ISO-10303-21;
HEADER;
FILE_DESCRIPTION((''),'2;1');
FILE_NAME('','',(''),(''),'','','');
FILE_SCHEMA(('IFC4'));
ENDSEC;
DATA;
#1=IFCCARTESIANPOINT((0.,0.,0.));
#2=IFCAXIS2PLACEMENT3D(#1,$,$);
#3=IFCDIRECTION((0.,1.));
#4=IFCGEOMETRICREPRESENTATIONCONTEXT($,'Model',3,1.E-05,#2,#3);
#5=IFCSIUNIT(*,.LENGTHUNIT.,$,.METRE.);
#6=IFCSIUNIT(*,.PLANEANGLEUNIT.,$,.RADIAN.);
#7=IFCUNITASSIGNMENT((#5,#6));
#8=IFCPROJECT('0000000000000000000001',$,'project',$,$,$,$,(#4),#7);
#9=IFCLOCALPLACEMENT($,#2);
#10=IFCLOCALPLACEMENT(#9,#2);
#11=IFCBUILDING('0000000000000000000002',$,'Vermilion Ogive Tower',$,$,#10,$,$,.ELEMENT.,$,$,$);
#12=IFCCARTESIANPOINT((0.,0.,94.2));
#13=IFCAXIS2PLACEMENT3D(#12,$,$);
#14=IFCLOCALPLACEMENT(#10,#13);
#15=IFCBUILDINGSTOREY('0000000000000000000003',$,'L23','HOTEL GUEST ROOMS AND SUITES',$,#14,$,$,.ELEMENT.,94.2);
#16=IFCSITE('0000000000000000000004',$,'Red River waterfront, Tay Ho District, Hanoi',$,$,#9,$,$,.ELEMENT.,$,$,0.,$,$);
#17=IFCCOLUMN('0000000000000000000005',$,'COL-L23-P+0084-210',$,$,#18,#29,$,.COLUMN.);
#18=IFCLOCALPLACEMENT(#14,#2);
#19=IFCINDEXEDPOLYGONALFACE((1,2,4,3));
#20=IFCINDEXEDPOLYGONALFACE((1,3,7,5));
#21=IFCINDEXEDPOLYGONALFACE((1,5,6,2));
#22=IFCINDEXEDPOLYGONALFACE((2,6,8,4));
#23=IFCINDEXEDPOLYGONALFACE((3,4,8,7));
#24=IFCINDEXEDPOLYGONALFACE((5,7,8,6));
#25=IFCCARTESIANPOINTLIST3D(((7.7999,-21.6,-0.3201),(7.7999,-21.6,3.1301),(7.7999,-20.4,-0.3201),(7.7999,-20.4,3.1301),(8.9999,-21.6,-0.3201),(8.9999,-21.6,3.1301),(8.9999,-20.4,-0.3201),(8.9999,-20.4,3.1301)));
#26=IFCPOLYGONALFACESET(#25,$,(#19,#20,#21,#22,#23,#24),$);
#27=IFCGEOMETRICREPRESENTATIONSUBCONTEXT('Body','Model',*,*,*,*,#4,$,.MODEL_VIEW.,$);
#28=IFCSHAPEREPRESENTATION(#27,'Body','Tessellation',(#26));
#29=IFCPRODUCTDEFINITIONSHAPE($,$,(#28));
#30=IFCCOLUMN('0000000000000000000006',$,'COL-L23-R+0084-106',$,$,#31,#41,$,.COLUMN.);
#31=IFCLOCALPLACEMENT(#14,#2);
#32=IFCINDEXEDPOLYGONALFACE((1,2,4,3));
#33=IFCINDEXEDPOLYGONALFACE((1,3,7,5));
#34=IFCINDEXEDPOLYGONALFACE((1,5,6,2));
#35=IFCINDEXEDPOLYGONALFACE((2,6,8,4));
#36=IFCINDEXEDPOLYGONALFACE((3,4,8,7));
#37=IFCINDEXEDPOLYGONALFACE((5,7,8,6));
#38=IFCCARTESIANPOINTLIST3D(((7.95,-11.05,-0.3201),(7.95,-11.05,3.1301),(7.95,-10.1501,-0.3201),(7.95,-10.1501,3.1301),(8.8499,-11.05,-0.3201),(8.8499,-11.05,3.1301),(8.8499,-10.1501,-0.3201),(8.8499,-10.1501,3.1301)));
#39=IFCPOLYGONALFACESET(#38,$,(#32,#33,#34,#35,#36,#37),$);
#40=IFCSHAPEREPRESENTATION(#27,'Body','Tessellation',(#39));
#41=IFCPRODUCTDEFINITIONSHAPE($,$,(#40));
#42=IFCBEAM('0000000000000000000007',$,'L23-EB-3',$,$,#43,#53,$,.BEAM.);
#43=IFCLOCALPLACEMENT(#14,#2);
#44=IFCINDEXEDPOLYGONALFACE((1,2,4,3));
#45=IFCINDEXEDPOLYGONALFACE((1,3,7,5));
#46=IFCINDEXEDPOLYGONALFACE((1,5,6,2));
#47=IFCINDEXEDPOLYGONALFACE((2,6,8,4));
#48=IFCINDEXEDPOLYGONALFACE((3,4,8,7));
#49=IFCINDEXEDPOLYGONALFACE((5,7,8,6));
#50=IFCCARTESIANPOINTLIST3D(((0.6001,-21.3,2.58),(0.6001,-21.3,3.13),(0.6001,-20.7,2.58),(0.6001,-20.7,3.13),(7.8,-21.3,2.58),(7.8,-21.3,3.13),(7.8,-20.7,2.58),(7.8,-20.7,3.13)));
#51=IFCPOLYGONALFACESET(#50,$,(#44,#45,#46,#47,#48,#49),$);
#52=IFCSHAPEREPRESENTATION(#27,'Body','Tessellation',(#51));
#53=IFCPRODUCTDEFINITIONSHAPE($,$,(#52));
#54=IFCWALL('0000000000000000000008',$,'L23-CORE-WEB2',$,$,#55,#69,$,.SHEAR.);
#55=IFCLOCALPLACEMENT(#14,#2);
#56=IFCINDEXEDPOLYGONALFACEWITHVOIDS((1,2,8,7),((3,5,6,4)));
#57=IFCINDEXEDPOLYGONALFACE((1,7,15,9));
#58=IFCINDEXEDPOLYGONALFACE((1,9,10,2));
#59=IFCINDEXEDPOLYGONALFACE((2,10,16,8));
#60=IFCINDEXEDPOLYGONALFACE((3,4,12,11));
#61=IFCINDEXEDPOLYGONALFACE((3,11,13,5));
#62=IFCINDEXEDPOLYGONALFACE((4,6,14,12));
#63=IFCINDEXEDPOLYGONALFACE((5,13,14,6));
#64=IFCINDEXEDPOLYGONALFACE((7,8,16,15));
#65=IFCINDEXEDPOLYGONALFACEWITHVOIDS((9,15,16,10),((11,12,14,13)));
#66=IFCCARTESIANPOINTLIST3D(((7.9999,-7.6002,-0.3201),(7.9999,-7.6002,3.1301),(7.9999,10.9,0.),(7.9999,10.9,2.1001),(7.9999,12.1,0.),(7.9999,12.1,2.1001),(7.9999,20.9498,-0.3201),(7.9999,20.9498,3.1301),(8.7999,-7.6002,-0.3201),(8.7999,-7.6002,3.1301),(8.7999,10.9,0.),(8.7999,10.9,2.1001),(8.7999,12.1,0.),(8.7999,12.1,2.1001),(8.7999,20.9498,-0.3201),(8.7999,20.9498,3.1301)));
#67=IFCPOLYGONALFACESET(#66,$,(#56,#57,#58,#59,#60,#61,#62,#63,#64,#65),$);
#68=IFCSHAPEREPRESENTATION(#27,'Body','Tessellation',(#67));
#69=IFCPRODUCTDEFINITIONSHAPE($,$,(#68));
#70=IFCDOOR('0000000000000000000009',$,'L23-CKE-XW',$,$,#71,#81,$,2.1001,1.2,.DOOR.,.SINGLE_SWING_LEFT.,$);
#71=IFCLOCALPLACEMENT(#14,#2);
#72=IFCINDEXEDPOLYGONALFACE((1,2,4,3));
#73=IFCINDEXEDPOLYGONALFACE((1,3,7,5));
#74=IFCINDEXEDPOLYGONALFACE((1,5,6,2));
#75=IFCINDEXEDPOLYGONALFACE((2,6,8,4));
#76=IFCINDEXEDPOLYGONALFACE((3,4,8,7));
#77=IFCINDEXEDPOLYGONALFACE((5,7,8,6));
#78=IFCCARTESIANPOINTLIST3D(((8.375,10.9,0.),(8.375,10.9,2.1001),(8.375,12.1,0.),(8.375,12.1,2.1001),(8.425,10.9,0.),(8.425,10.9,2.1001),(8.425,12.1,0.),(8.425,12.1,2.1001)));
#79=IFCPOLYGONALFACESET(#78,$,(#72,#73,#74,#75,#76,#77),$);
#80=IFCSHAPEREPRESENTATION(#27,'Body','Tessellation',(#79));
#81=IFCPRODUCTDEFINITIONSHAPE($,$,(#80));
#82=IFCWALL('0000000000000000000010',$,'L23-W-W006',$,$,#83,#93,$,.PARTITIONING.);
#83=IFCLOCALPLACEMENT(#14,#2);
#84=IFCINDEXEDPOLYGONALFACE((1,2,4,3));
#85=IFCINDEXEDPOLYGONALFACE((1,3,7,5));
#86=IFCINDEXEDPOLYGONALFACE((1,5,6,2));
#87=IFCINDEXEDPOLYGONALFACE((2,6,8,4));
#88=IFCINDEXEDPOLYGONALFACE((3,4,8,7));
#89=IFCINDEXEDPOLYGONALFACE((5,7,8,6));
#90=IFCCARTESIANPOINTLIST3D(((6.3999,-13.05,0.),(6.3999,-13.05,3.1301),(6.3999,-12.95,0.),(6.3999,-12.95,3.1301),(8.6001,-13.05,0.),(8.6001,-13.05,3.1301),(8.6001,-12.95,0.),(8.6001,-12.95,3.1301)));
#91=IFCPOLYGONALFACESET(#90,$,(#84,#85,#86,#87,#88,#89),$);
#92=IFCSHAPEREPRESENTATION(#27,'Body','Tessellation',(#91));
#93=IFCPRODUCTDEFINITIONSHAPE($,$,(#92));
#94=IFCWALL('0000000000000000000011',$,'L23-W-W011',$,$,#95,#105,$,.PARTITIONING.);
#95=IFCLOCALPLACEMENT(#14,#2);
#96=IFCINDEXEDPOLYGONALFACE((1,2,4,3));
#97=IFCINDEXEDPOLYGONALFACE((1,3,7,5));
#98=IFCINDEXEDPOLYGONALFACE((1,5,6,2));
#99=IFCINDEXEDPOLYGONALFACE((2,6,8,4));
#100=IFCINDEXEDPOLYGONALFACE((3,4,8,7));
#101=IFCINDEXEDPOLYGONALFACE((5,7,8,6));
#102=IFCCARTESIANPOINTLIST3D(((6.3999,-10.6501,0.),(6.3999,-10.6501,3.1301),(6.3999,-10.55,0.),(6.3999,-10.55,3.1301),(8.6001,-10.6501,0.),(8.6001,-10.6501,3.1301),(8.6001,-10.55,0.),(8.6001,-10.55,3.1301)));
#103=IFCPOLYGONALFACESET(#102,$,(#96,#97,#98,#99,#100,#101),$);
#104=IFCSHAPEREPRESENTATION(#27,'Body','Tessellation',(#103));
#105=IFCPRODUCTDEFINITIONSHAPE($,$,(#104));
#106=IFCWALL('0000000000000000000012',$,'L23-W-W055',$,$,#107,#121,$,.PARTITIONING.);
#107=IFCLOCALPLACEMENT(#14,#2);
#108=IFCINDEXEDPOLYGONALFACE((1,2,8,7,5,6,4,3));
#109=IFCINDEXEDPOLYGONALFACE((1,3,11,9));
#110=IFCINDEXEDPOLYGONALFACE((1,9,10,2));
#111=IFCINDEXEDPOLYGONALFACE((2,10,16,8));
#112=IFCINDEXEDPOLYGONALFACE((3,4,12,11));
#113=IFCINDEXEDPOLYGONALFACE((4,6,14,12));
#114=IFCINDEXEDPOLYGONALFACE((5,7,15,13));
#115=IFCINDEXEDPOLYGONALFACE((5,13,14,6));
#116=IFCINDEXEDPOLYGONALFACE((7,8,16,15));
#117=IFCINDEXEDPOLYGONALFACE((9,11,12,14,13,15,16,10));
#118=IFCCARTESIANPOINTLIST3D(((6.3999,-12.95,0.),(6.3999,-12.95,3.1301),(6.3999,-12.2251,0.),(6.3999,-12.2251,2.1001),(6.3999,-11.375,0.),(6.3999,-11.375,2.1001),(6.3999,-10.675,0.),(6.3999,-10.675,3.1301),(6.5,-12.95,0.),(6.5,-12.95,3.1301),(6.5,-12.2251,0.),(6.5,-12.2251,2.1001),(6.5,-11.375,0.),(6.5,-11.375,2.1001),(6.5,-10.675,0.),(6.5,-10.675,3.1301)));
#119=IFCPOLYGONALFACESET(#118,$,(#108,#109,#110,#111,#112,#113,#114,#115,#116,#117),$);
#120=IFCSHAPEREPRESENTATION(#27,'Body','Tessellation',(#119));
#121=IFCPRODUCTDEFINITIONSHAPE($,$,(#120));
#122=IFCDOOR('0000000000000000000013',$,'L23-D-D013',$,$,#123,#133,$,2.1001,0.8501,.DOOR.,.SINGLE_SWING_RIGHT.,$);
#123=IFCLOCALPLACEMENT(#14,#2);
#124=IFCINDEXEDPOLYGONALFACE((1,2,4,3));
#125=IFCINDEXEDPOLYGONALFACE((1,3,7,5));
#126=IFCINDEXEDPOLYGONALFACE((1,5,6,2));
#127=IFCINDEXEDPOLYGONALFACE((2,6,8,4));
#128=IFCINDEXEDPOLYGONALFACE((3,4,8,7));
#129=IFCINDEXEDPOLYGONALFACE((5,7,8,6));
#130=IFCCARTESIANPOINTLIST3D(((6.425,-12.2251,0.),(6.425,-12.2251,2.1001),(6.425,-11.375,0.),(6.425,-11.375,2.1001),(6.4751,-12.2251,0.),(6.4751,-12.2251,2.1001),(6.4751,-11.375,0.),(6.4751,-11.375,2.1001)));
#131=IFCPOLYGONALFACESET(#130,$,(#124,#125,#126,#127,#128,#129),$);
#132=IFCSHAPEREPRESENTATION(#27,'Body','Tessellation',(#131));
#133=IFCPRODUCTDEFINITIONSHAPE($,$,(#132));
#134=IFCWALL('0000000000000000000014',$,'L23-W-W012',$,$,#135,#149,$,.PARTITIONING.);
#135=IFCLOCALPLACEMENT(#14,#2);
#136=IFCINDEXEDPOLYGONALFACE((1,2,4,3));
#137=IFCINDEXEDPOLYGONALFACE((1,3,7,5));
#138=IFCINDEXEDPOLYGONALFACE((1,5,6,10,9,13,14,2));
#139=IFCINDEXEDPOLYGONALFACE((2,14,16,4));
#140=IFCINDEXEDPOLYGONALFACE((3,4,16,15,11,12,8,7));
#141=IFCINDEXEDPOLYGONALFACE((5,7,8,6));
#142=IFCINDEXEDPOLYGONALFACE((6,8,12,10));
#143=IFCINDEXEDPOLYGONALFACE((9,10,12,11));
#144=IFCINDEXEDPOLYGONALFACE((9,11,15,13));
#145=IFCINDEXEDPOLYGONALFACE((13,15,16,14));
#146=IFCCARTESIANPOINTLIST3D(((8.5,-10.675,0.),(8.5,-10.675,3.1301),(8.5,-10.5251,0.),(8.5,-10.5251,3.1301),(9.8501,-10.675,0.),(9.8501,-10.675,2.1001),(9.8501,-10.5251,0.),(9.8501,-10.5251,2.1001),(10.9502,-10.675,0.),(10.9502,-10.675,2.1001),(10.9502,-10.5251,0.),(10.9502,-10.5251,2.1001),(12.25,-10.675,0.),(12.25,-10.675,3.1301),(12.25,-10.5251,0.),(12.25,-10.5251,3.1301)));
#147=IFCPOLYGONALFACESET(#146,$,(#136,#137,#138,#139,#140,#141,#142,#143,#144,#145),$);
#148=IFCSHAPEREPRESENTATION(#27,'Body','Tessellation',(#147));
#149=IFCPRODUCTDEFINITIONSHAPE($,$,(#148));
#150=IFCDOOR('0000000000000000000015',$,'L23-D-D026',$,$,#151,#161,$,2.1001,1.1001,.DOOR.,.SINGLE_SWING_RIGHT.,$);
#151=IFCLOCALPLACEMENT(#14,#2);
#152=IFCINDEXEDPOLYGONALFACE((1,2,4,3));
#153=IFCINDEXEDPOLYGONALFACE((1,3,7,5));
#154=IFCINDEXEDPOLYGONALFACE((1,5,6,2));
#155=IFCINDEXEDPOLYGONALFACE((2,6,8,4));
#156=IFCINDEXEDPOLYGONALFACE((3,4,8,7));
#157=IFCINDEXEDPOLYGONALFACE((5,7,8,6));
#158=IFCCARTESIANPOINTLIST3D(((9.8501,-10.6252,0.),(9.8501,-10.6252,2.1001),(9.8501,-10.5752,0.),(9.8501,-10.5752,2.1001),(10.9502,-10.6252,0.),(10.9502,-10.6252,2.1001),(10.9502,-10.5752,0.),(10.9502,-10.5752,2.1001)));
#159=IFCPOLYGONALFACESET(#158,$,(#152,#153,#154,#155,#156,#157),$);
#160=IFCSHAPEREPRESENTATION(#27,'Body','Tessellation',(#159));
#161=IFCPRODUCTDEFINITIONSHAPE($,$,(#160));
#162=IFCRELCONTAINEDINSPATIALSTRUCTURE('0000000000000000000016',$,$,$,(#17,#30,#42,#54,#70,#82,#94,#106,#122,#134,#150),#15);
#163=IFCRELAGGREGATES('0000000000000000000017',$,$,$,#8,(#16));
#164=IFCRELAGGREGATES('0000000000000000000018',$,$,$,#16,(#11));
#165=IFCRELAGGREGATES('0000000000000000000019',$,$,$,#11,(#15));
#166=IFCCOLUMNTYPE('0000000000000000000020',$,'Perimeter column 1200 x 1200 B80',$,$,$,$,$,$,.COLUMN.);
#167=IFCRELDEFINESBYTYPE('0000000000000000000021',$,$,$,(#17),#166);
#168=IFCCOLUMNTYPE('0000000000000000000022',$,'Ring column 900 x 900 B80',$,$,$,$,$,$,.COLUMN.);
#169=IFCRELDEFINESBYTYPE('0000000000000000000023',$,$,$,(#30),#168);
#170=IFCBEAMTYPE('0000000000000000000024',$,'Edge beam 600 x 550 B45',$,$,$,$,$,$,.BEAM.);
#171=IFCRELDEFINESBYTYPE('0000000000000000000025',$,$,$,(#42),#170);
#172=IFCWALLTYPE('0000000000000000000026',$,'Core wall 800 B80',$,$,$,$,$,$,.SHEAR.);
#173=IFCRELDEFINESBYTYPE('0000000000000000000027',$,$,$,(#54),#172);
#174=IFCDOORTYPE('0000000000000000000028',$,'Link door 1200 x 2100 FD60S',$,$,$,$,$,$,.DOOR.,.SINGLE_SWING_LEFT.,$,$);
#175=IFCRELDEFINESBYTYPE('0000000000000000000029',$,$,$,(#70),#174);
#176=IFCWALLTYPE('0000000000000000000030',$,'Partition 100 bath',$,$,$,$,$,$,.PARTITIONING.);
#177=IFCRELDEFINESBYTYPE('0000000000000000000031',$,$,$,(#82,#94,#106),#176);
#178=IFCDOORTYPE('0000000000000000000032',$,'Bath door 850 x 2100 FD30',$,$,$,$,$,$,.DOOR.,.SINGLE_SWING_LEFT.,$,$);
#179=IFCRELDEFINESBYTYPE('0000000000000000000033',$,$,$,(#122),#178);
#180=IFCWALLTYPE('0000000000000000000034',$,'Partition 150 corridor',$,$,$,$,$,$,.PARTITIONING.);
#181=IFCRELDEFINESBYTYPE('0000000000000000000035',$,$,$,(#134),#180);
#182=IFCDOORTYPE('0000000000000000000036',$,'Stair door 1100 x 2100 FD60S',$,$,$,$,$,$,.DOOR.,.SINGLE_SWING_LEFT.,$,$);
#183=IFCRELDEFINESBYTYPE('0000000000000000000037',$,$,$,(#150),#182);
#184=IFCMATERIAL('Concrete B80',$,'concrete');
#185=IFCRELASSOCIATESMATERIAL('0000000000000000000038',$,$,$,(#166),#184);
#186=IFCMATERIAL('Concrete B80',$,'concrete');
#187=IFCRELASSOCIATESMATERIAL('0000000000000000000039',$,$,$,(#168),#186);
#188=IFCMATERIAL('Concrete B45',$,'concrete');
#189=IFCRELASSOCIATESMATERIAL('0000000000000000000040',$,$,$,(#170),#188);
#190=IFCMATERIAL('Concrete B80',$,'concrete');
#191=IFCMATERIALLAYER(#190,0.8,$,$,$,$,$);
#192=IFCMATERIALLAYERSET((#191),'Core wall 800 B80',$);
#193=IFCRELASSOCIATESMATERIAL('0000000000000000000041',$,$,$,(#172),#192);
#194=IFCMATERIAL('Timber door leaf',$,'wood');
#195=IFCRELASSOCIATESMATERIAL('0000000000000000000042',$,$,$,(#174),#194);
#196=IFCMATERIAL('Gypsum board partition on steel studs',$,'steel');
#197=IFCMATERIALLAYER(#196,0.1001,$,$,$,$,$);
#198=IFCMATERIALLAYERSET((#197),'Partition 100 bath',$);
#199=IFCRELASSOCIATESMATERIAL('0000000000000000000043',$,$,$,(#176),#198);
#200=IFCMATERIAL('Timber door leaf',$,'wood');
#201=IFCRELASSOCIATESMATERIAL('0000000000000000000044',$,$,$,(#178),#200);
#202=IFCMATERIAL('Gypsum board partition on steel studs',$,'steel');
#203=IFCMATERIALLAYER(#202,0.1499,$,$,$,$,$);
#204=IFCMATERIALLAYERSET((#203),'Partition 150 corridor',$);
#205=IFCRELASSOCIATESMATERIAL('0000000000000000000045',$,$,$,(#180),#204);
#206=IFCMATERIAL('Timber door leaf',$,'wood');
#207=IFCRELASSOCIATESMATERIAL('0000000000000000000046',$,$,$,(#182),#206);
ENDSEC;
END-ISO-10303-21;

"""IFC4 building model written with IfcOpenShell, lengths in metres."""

from ifc_helpers import new_model, si_unit, direction, frame, frame_2d, origin, origin_2d, place, context, subcontext, project, spatial, rectangle, extrude, material, layer, layer_set, material_profile, profile_set, type_object, element, fill, save


model = new_model("IFC4")

# Units and contexts
model_context = context("Model", 3, precision=1e-05, world=origin(), true_north=direction((0.0, 1.0)))
body_context = subcontext(model_context, "Body", "Model", "MODEL_VIEW")
ifc_project = project(units=[si_unit("LENGTHUNIT", "METRE"), si_unit("PLANEANGLEUNIT", "RADIAN")], contexts=[model_context])

# Site, building, storey
site_placement = place(None, origin())
site = spatial("IfcSite", under=ifc_project, at=site_placement, Name="Red River waterfront, Tay Ho District, Hanoi", CompositionType="ELEMENT", RefElevation=0.0)
building_placement = place(site_placement, origin())
building = spatial("IfcBuilding", under=site, at=building_placement, Name="Vermilion Ogive Tower", CompositionType="ELEMENT")
storey_placement = place(building_placement, frame((0.0, 0.0, 94.2)))
storey = spatial("IfcBuildingStorey", under=building, at=storey_placement, Name="L23", Description="HOTEL GUEST ROOMS AND SUITES", CompositionType="ELEMENT", Elevation=94.2)

# Columns
ifc_material_1 = material(Name="Concrete B80", Category="concrete")
ifc_material_profile_1 = material_profile(ifc_material_1, rectangle(XDim=1.2, YDim=1.2, at=origin_2d()), Name="1200 x 1200")
ifc_profile_set_1 = profile_set([ifc_material_profile_1], Name="Concrete B80")
column_type_1 = type_object("IfcColumnType", Name="Perimeter column 1200 x 1200 B80", PredefinedType="COLUMN", material=ifc_profile_set_1)
column_1_placement = place(storey_placement, frame((8.3999, -21.0, -0.3201), z_axis=(0.0, 0.0, 1.0), x_axis=(1.0, 0.0, 0.0)))
element("IfcColumn", 1, at=column_1_placement, inside=storey, type_object=column_type_1, Name="COL-L23-P+0084-210", PredefinedType="COLUMN", context=body_context, shape_type="SweptSolid", body=[
    extrude(rectangle(XDim=1.2, YDim=1.2, at=origin_2d()), origin(), (0.0, 0.0, 1.0), 3.4502),
])
ifc_material_2 = material(Name="Concrete B80", Category="concrete")
ifc_material_profile_2 = material_profile(ifc_material_2, rectangle(XDim=0.8999, YDim=0.8999, at=origin_2d()), Name="900 x 900")
ifc_profile_set_2 = profile_set([ifc_material_profile_2], Name="Concrete B80")
column_type_2 = type_object("IfcColumnType", Name="Ring column 900 x 900 B80", PredefinedType="COLUMN", material=ifc_profile_set_2)
column_2_placement = place(storey_placement, frame((8.3999, -10.6001, -0.3201), z_axis=(0.0, 0.0, 1.0), x_axis=(1.0, 0.0, 0.0)))
element("IfcColumn", 2, at=column_2_placement, inside=storey, type_object=column_type_2, Name="COL-L23-R+0084-106", PredefinedType="COLUMN", context=body_context, shape_type="SweptSolid", body=[
    extrude(rectangle(XDim=0.8999, YDim=0.8999, at=origin_2d()), origin(), (0.0, 0.0, 1.0), 3.4502),
])

# Beam
ifc_material_3 = material(Name="Concrete B45", Category="concrete")
ifc_material_profile_3 = material_profile(ifc_material_3, rectangle(XDim=0.6001, YDim=0.55, at=origin_2d()), Name="600 x 550")
ifc_profile_set_3 = profile_set([ifc_material_profile_3], Name="Concrete B45")
beam_type = type_object("IfcBeamType", Name="Edge beam 600 x 550 B45", PredefinedType="BEAM", material=ifc_profile_set_3)
beam_placement = place(storey_placement, frame((0.6001, -21.0, 2.855), z_axis=(1.0, 0.0, 0.0), x_axis=(0.0, 1.0, 0.0)))
element("IfcBeam", 3, at=beam_placement, inside=storey, type_object=beam_type, Name="L23-EB-3", PredefinedType="BEAM", context=body_context, shape_type="SweptSolid", body=[
    extrude(rectangle(XDim=0.6001, YDim=0.55, at=origin_2d()), origin(), (0.0, 0.0, 1.0), 7.2),
])

# Wall, opening, door
ifc_material_4 = material(Name="Concrete B80", Category="concrete")
ifc_layer_1 = layer(ifc_material_4, 0.8)
ifc_layer_set_1 = layer_set([ifc_layer_1], Name="Core wall 800 B80")
wall_type_1 = type_object("IfcWallType", Name="Core wall 800 B80", PredefinedType="SHEAR", material=ifc_layer_set_1)
wall_1_placement = place(storey_placement, frame((8.3999, -7.6001, -0.3201), z_axis=(0.0, 0.0, 1.0), x_axis=(0.0, 1.0, 0.0)))
wall_1 = element("IfcWall", 4, at=wall_1_placement, inside=storey, type_object=wall_type_1, Name="L23-CORE-WEB2", PredefinedType="SHEAR", context=body_context, shape_type="SweptSolid", body=[
    extrude(rectangle(XDim=28.55, YDim=0.8, at=frame_2d((14.2749, 0.0))), origin(), (0.0, 0.0, 1.0), 3.4502),
])
opening_1_placement = place(wall_1_placement, frame((18.5, 0.0, 0.3201)))
opening_1 = element("IfcOpeningElement", 5, at=opening_1_placement, cuts=wall_1, PredefinedType="OPENING", context=body_context, shape_type="SweptSolid", body=[
    extrude(rectangle(XDim=1.2, YDim=2.1001, at=frame_2d((0.6001, 1.05))), frame((0.0, 0.4099, 0.0), z_axis=(0.0, -1.0, 0.0), x_axis=(1.0, 0.0, 0.0)), (0.0, 0.0, 1.0), 0.8201),
])
ifc_material_5 = material(Name="Timber door leaf", Category="wood")
door_type_1 = type_object("IfcDoorType", Name="Link door 1200 x 2100 FD60S", OperationType="SINGLE_SWING_LEFT", PredefinedType="DOOR", material=ifc_material_5)
door_1_placement = place(opening_1_placement, origin())
door_1 = element("IfcDoor", 6, at=door_1_placement, inside=storey, type_object=door_type_1, Name="L23-CKE-XW", OperationType="SINGLE_SWING_LEFT", OverallHeight=2.1001, OverallWidth=1.2, PredefinedType="DOOR", context=body_context, shape_type="SweptSolid", body=[
    extrude(rectangle(XDim=1.2, YDim=2.1001, at=frame_2d((0.6001, 1.05))), frame((0.0, 0.0249, 0.0), z_axis=(0.0, -1.0, 0.0), x_axis=(1.0, 0.0, 0.0)), (0.0, 0.0, 1.0), 0.05),
])
fill(opening_1, door_1)

# Walls
ifc_material_6 = material(Name="Gypsum board partition on steel studs", Category="steel")
ifc_layer_2 = layer(ifc_material_6, 0.1001)
ifc_layer_set_2 = layer_set([ifc_layer_2], Name="Partition 100 bath")
wall_type_2 = type_object("IfcWallType", Name="Partition 100 bath", PredefinedType="PARTITIONING", material=ifc_layer_set_2)
for number, where, z_axis, x_axis, name in (
    (7, (6.3999, -13.0, 0.0), (0.0, 0.0, 1.0), (1.0, 0.0, 0.0), "L23-W-W006"),
    (8, (6.3999, -10.6001, 0.0), (0.0, 0.0, 1.0), (1.0, 0.0, 0.0), "L23-W-W011"),
):
    element("IfcWall", number, at=place(storey_placement, frame(where, z_axis=z_axis, x_axis=x_axis)), inside=storey, type_object=wall_type_2, Name=name, PredefinedType="PARTITIONING", context=body_context, shape_type="SweptSolid", body=[
        extrude(rectangle(XDim=2.2002, YDim=0.1001, at=frame_2d((1.1001, 0.0))), origin(), (0.0, 0.0, 1.0), 3.1301),
    ])

# Walls, openings, doors
wall_2_placement = place(storey_placement, frame((6.45, -12.95, 0.0), z_axis=(0.0, 0.0, 1.0), x_axis=(0.0, 1.0, 0.0)))
wall_2 = element("IfcWall", 9, at=wall_2_placement, inside=storey, type_object=wall_type_2, Name="L23-W-W055", PredefinedType="PARTITIONING", context=body_context, shape_type="SweptSolid", body=[
    extrude(rectangle(XDim=2.2749, YDim=0.1001, at=frame_2d((1.1375, 0.0))), origin(), (0.0, 0.0, 1.0), 3.1301),
])
opening_2_placement = place(wall_2_placement, frame((0.7249, 0.0, 0.0)))
opening_2 = element("IfcOpeningElement", 10, at=opening_2_placement, cuts=wall_2, PredefinedType="OPENING", context=body_context, shape_type="SweptSolid", body=[
    extrude(rectangle(XDim=0.8501, YDim=2.1001, at=frame_2d((0.425, 1.05))), frame((0.0, 0.0601, 0.0), z_axis=(0.0, -1.0, 0.0), x_axis=(1.0, 0.0, 0.0)), (0.0, 0.0, 1.0), 0.1201),
])
ifc_material_7 = material(Name="Timber door leaf", Category="wood")
door_type_2 = type_object("IfcDoorType", Name="Bath door 850 x 2100 FD30", OperationType="SINGLE_SWING_LEFT", PredefinedType="DOOR", material=ifc_material_7)
door_2_placement = place(opening_2_placement, origin())
door_2 = element("IfcDoor", 11, at=door_2_placement, inside=storey, type_object=door_type_2, Name="L23-D-D013", OperationType="SINGLE_SWING_RIGHT", OverallHeight=2.1001, OverallWidth=0.8501, PredefinedType="DOOR", context=body_context, shape_type="SweptSolid", body=[
    extrude(rectangle(XDim=0.8501, YDim=2.1001, at=frame_2d((0.425, 1.05))), frame((0.0, 0.0249, 0.0), z_axis=(0.0, -1.0, 0.0), x_axis=(1.0, 0.0, 0.0)), (0.0, 0.0, 1.0), 0.05),
])
fill(opening_2, door_2)
ifc_material_8 = material(Name="Gypsum board partition on steel studs", Category="steel")
ifc_layer_3 = layer(ifc_material_8, 0.1499)
ifc_layer_set_3 = layer_set([ifc_layer_3], Name="Partition 150 corridor")
wall_type_3 = type_object("IfcWallType", Name="Partition 150 corridor", PredefinedType="PARTITIONING", material=ifc_layer_set_3)
wall_3_placement = place(storey_placement, frame((8.5, -10.6001, 0.0), z_axis=(0.0, 0.0, 1.0), x_axis=(1.0, 0.0, 0.0)))
wall_3 = element("IfcWall", 12, at=wall_3_placement, inside=storey, type_object=wall_type_3, Name="L23-W-W012", PredefinedType="PARTITIONING", context=body_context, shape_type="SweptSolid", body=[
    extrude(rectangle(XDim=3.75, YDim=0.1499, at=frame_2d((1.875, 0.0))), origin(), (0.0, 0.0, 1.0), 3.1301),
])
opening_3_placement = place(wall_3_placement, frame((1.3501, 0.0, 0.0)))
opening_3 = element("IfcOpeningElement", 13, at=opening_3_placement, cuts=wall_3, PredefinedType="OPENING", context=body_context, shape_type="SweptSolid", body=[
    extrude(rectangle(XDim=1.1001, YDim=2.1001, at=frame_2d((0.55, 1.05))), frame((0.0, 0.085, 0.0), z_axis=(0.0, -1.0, 0.0), x_axis=(1.0, 0.0, 0.0)), (0.0, 0.0, 1.0), 0.1699),
])
ifc_material_9 = material(Name="Timber door leaf", Category="wood")
door_type_3 = type_object("IfcDoorType", Name="Stair door 1100 x 2100 FD60S", OperationType="SINGLE_SWING_LEFT", PredefinedType="DOOR", material=ifc_material_9)
door_3_placement = place(opening_3_placement, origin())
door_3 = element("IfcDoor", 14, at=door_3_placement, inside=storey, type_object=door_type_3, Name="L23-D-D026", OperationType="SINGLE_SWING_RIGHT", OverallHeight=2.1001, OverallWidth=1.1001, PredefinedType="DOOR", context=body_context, shape_type="SweptSolid", body=[
    extrude(rectangle(XDim=1.1001, YDim=2.1001, at=frame_2d((0.55, 1.05))), frame((0.0, 0.0249, 0.0), z_axis=(0.0, -1.0, 0.0), x_axis=(1.0, 0.0, 0.0)), (0.0, 0.0, 1.0), 0.05),
])
fill(opening_3, door_3)

save(model, "model.ifc")
